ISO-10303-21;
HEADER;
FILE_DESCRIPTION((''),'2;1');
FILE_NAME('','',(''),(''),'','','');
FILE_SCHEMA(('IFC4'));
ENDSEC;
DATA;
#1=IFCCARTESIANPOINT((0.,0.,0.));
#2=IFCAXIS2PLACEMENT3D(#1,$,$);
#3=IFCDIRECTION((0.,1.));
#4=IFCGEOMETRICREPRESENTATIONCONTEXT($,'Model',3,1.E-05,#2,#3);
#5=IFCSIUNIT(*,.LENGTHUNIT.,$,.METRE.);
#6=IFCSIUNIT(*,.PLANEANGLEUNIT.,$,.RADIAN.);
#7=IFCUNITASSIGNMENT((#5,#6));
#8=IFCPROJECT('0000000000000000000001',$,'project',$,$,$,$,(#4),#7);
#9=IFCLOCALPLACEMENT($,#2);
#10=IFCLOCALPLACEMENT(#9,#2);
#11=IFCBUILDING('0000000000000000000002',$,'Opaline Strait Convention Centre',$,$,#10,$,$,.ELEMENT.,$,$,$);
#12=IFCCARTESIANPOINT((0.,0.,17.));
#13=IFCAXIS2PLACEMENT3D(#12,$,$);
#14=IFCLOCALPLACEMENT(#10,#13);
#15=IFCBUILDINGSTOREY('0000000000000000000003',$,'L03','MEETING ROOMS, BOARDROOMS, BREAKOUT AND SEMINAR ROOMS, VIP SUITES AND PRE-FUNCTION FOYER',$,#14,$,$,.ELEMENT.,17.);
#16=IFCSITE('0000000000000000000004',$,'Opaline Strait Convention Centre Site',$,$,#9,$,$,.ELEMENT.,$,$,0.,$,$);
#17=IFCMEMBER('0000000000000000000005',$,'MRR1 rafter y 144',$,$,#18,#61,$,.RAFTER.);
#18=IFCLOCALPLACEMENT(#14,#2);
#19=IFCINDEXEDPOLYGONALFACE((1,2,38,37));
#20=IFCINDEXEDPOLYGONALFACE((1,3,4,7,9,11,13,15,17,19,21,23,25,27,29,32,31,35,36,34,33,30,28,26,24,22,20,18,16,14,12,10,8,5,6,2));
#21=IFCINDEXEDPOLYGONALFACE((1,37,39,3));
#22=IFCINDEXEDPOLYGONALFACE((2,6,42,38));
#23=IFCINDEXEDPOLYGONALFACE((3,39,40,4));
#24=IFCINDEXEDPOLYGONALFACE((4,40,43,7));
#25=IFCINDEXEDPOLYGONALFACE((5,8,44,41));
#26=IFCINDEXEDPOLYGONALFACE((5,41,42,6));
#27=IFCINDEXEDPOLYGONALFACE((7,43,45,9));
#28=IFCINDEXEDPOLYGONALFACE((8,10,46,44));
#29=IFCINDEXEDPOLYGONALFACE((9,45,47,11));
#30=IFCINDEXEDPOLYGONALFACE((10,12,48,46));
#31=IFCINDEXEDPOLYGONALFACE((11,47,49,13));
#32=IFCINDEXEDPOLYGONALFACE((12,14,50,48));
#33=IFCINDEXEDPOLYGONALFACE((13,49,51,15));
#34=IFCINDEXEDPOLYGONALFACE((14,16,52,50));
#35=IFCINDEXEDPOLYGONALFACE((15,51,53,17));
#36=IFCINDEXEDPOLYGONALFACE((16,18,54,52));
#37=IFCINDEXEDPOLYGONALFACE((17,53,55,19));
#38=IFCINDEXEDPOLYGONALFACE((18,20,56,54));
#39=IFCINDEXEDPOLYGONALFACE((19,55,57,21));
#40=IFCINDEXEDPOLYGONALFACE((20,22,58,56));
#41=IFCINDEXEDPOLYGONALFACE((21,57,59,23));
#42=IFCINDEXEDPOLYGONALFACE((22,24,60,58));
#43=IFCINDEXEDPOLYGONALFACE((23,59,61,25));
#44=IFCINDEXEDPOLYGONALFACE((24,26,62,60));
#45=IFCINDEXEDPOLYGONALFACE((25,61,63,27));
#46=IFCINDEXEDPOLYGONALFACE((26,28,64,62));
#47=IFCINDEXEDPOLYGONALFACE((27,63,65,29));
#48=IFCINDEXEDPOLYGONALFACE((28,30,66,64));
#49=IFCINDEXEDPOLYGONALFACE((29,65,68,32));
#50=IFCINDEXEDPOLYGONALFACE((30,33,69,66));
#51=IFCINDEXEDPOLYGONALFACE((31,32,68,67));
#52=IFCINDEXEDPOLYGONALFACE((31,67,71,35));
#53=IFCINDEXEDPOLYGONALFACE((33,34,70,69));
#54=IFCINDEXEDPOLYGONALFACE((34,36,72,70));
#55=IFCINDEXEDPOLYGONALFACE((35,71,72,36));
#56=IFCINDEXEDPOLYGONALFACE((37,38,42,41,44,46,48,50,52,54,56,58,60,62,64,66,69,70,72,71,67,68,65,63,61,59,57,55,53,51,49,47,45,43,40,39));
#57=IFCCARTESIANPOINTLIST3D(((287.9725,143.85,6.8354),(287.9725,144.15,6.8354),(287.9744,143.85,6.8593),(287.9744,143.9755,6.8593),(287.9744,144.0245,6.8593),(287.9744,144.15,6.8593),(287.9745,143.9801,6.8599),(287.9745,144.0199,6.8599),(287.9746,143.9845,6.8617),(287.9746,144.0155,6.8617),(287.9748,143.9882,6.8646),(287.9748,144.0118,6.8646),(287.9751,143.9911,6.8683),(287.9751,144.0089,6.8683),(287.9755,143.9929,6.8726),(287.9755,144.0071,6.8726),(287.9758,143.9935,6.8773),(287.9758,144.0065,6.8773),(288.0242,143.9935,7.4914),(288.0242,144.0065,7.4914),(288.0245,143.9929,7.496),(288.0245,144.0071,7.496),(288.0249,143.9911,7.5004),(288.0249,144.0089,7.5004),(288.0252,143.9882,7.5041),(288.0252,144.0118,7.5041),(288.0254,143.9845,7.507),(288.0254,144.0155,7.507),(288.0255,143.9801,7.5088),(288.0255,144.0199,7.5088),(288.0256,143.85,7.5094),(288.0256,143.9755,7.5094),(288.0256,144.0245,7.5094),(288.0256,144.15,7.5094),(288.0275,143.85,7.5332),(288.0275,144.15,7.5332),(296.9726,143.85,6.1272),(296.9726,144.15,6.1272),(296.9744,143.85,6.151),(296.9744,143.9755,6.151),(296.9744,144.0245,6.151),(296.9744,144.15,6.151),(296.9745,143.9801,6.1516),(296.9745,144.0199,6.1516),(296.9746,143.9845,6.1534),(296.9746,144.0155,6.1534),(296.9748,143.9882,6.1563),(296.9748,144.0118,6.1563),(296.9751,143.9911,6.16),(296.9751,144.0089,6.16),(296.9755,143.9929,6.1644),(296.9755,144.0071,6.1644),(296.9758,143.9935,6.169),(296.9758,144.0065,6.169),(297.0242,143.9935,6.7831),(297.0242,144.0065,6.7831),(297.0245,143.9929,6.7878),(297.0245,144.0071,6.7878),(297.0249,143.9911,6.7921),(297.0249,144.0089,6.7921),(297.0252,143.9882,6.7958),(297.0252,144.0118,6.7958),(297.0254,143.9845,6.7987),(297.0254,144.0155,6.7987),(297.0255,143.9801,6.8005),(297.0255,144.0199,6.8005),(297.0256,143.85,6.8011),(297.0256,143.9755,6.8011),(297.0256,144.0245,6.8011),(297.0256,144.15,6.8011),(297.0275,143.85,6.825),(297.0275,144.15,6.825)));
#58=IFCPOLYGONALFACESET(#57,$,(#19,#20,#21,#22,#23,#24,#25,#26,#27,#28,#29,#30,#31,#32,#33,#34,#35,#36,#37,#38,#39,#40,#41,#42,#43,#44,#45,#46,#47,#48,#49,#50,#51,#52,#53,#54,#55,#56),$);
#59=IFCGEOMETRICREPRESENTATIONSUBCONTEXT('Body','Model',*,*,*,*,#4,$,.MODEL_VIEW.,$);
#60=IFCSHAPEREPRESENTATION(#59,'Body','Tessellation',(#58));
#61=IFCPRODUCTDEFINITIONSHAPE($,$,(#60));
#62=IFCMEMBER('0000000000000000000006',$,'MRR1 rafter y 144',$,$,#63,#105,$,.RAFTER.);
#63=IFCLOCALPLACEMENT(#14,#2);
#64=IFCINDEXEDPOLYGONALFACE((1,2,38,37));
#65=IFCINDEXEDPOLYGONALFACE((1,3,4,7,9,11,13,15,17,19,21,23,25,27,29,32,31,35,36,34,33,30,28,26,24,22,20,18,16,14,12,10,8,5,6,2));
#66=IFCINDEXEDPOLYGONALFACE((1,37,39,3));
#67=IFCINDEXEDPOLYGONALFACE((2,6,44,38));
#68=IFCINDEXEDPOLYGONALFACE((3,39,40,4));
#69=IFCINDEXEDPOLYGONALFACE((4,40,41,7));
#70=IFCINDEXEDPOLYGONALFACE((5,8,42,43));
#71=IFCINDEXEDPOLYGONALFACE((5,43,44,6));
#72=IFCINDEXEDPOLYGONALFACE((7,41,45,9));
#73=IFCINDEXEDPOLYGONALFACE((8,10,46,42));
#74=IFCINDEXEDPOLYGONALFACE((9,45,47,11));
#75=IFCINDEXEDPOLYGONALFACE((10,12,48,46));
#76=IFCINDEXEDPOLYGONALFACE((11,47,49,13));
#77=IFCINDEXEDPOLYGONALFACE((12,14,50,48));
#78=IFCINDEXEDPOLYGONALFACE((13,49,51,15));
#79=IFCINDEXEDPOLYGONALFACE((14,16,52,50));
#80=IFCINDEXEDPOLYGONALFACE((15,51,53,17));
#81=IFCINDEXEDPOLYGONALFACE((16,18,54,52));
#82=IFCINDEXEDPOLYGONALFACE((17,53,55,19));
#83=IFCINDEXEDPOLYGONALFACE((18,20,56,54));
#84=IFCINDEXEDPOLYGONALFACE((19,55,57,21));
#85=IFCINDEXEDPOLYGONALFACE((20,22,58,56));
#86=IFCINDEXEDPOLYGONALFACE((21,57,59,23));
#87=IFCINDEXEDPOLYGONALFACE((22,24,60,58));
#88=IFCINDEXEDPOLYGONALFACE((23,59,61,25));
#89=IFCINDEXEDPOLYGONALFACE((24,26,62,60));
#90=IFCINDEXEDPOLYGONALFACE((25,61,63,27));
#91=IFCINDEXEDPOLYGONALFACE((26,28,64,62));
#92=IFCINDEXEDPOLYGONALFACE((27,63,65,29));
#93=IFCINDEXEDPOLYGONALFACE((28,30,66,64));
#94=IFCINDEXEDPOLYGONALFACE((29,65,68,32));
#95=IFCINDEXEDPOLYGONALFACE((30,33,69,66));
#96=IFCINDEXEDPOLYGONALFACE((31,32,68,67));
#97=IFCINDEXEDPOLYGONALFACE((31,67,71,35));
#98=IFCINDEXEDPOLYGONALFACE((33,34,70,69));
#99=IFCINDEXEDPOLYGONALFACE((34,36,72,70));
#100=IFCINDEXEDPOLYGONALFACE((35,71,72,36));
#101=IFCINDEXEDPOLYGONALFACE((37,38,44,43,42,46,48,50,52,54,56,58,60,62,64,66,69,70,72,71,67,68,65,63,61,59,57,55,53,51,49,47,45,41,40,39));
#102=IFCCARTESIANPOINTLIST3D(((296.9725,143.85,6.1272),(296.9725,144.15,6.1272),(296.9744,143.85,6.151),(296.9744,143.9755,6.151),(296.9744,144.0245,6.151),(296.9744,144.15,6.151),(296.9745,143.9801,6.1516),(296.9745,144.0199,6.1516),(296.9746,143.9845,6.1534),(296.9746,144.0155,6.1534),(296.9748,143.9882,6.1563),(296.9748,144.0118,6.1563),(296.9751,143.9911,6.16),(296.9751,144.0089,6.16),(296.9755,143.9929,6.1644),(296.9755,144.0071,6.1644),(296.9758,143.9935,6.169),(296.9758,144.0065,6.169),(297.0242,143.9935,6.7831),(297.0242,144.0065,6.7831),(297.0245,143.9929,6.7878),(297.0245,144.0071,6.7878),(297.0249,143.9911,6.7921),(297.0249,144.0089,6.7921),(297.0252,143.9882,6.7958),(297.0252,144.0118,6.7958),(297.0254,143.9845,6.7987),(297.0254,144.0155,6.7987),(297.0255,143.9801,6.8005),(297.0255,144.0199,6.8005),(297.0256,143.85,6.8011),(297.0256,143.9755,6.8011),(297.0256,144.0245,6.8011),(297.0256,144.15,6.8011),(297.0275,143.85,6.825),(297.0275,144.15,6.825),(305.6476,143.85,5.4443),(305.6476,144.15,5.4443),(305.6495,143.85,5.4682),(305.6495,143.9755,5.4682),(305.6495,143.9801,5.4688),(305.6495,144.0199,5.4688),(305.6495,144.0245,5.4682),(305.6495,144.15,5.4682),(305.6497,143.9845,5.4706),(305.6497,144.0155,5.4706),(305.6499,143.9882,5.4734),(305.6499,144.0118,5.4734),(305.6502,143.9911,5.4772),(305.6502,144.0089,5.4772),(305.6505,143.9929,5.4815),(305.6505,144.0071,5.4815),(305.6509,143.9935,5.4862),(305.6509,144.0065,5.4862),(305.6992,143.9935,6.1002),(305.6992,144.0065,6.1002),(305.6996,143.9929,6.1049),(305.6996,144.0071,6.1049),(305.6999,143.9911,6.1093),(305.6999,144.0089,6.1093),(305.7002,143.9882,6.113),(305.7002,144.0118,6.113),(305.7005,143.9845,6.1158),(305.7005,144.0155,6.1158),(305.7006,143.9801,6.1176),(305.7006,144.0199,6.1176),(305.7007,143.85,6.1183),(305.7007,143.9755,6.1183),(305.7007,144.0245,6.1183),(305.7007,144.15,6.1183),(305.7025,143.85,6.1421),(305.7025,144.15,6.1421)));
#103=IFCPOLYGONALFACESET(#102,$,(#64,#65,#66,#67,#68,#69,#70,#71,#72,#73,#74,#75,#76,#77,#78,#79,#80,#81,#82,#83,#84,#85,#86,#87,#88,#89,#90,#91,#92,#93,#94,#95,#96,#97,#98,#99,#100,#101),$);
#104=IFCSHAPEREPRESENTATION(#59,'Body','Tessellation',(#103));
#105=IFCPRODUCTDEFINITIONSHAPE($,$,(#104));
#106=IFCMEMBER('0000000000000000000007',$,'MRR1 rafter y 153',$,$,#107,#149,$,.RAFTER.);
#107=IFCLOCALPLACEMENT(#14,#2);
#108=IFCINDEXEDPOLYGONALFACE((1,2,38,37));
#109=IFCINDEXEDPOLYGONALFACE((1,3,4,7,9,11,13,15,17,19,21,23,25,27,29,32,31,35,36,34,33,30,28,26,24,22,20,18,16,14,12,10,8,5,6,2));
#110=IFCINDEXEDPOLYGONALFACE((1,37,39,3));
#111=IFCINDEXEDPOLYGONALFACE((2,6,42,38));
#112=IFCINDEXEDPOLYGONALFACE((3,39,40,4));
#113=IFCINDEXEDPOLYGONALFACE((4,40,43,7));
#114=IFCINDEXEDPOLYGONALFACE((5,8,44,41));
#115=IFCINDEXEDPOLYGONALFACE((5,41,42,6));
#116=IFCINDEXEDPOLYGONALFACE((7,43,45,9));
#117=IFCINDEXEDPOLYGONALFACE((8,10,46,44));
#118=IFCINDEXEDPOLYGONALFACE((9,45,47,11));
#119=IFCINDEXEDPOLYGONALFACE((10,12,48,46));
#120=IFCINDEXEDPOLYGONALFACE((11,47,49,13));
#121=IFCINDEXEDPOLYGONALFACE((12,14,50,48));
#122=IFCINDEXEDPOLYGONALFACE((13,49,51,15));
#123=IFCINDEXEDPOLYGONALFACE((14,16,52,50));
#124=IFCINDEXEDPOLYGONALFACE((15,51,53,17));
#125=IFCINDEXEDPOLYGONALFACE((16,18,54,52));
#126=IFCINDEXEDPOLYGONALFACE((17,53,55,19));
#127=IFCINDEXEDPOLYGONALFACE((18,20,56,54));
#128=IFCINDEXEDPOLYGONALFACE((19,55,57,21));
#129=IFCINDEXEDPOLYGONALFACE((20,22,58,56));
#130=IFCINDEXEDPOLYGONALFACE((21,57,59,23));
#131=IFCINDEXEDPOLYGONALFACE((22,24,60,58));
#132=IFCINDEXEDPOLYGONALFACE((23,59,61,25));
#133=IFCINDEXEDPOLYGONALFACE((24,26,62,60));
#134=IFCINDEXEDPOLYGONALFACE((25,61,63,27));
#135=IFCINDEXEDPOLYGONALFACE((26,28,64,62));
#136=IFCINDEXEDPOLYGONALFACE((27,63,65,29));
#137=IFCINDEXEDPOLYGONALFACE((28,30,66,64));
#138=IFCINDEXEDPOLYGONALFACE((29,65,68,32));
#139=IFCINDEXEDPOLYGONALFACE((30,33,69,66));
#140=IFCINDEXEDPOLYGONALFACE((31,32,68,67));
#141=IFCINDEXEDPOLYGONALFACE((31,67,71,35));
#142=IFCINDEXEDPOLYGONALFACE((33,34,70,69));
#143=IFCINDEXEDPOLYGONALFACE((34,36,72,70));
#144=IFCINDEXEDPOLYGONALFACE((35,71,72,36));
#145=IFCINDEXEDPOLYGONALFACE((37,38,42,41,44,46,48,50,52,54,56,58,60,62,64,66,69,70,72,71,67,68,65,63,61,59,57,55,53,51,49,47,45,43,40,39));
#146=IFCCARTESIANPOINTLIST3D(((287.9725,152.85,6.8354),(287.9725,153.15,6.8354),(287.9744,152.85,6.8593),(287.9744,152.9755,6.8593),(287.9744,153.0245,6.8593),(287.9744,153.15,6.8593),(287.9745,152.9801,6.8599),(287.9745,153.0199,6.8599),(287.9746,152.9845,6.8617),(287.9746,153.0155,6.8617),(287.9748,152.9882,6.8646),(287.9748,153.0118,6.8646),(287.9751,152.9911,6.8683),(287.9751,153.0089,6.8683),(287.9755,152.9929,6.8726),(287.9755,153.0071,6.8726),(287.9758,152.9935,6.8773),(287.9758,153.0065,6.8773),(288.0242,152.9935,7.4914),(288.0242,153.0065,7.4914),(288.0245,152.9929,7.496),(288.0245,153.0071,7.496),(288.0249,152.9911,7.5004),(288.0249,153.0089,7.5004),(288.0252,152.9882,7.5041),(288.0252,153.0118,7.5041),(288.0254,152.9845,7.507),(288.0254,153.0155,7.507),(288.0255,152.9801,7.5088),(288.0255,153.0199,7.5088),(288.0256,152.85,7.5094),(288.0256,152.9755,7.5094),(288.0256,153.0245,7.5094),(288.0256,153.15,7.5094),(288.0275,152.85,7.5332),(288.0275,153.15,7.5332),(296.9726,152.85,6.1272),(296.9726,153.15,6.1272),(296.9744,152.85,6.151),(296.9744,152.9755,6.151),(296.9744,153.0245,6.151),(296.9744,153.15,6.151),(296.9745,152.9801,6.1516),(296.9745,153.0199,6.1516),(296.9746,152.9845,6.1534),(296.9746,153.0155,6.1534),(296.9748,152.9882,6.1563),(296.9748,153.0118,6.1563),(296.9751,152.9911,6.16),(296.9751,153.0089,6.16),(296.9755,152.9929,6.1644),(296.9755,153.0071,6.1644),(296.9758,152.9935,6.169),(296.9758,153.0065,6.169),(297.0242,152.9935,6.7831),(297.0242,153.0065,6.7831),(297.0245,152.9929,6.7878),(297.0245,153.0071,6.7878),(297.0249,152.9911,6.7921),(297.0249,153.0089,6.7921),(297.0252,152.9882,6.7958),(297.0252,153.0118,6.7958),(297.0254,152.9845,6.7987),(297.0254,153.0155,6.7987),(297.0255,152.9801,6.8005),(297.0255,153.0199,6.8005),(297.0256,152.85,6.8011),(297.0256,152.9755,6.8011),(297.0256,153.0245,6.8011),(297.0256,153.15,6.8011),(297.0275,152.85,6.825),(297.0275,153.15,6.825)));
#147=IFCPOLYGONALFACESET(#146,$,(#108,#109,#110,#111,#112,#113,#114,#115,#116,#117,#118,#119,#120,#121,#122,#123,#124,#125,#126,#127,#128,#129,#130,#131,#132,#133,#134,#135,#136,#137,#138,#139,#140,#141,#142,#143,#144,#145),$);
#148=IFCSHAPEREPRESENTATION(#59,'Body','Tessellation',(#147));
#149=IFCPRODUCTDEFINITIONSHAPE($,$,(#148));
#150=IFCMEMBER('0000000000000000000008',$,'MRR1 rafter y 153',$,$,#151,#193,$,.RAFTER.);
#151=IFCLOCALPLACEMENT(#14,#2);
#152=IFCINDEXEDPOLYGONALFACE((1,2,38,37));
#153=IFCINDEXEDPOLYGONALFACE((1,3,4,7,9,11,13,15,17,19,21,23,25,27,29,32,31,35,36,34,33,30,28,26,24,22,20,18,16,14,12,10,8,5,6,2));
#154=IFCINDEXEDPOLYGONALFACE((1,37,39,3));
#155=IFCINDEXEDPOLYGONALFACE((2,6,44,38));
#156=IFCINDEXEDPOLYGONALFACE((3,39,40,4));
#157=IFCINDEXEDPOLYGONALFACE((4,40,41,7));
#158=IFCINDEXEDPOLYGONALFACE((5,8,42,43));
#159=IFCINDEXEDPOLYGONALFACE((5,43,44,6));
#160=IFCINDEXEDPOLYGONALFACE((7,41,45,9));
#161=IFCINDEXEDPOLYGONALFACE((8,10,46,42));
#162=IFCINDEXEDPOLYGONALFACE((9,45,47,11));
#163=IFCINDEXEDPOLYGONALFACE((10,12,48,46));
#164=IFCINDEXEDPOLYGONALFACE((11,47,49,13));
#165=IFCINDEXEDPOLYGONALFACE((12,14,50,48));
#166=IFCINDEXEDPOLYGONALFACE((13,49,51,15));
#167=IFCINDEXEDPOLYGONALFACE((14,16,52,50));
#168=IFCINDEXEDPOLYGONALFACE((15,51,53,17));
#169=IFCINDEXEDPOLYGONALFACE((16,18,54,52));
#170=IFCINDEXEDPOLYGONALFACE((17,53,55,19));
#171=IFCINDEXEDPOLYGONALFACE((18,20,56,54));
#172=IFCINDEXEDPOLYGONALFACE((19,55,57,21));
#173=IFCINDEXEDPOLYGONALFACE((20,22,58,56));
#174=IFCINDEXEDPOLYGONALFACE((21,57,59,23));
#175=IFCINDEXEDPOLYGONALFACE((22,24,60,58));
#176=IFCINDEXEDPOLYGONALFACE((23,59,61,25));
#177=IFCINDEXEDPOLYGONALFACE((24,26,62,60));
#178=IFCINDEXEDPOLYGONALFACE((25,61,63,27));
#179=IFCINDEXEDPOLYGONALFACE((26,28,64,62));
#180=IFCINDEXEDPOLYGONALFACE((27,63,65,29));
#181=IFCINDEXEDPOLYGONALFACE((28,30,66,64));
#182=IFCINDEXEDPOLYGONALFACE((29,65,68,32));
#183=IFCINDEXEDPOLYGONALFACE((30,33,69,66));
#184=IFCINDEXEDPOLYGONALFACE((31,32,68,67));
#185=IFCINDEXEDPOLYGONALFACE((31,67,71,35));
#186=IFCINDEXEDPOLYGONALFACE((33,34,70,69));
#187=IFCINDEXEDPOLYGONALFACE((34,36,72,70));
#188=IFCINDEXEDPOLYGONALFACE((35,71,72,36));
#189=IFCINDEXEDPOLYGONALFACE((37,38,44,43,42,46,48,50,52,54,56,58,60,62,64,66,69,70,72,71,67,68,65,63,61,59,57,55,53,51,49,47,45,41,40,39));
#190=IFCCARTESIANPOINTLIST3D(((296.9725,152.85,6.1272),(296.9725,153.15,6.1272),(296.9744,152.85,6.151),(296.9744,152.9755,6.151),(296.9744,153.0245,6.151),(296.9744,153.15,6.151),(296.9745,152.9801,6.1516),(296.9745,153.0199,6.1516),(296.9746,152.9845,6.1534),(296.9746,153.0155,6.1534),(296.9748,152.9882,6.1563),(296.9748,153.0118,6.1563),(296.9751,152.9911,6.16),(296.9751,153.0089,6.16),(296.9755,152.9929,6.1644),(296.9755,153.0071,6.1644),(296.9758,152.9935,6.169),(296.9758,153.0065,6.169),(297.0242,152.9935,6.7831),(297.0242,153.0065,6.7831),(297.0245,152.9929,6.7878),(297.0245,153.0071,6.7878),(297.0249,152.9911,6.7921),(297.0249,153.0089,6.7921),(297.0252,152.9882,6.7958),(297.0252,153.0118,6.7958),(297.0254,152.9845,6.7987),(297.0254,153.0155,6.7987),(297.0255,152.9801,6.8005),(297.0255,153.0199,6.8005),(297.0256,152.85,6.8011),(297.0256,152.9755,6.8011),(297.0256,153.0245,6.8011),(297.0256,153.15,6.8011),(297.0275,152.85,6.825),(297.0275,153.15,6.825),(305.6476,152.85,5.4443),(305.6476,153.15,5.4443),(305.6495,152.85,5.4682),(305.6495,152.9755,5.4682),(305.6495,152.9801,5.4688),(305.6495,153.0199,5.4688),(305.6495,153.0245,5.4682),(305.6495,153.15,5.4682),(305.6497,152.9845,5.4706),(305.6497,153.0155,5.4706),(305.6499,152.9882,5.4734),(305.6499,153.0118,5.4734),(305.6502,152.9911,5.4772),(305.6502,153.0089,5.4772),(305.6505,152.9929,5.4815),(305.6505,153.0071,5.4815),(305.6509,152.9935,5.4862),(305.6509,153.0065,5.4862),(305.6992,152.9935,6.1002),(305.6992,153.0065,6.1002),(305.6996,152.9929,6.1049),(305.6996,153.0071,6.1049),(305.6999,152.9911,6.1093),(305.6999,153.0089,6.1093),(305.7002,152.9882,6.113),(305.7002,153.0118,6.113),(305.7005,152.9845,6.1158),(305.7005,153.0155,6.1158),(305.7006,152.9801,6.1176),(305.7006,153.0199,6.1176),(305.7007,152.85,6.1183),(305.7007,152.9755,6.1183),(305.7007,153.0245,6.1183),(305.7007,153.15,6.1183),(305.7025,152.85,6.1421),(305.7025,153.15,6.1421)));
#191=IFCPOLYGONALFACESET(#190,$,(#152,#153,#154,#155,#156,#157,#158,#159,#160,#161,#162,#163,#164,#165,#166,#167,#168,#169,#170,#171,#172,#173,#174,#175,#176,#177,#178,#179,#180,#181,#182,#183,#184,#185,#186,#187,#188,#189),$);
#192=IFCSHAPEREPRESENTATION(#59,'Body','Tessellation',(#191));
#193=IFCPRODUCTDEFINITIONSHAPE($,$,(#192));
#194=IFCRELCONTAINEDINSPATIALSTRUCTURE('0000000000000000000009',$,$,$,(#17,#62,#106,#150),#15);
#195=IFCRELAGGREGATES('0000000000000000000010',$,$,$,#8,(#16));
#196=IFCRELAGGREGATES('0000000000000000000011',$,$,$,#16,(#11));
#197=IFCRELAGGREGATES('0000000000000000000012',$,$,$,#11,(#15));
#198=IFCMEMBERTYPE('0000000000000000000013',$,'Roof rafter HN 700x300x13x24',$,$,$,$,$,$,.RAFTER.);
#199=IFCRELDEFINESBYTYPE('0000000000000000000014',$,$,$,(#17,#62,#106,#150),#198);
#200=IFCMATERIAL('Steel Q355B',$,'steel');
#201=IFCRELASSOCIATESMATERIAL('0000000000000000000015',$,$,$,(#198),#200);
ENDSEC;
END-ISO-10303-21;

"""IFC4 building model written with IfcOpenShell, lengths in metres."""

from ifc_helpers import new_model, si_unit, direction, frame, origin, origin_2d, place, context, subcontext, project, spatial, i_section, extrude, material, material_profile, profile_set, type_object, element, save


model = new_model("IFC4")

# Units and contexts
model_context = context("Model", 3, precision=1e-05, world=origin(), true_north=direction((0.0, 1.0)))
body_context = subcontext(model_context, "Body", "Model", "MODEL_VIEW")
ifc_project = project(units=[si_unit("LENGTHUNIT", "METRE"), si_unit("PLANEANGLEUNIT", "RADIAN")], contexts=[model_context])

# Site, building, storey
site_placement = place(None, origin())
site = spatial("IfcSite", under=ifc_project, at=site_placement, Name="Opaline Strait Convention Centre Site", CompositionType="ELEMENT", RefElevation=0.0)
building_placement = place(site_placement, origin())
building = spatial("IfcBuilding", under=site, at=building_placement, Name="Opaline Strait Convention Centre", CompositionType="ELEMENT")
storey_placement = place(building_placement, frame((0.0, 0.0, 17.0)))
storey = spatial("IfcBuildingStorey", under=building, at=storey_placement, Name="L03", Description="MEETING ROOMS, BOARDROOMS, BREAKOUT AND SEMINAR ROOMS, VIP SUITES AND PRE-FUNCTION FOYER", CompositionType="ELEMENT", Elevation=17.0)

# Shared definitions
ifc_material_1 = material(Name="Steel Q355B", Category="steel")

# Members
ifc_material_profile_1 = material_profile(ifc_material_1, i_section(OverallWidth=0.3, OverallDepth=0.7, WebThickness=0.0129, FlangeThickness=0.0239, FilletRadius=0.0181, at=origin_2d()), Name="HN 700x300x13x24")
ifc_profile_set_1 = profile_set([ifc_material_profile_1], Name="Steel Q355B")
member_type_1 = type_object("IfcMemberType", Name="Roof rafter HN 700x300x13x24", PredefinedType="RAFTER", material=ifc_profile_set_1)
member_1_placement = place(storey_placement, frame((288.0, 144.0, 7.1843), z_axis=(0.996918, 0.0, -0.078452), x_axis=(0.0, 1.0, 0.0)))
element("IfcMember", 1, at=member_1_placement, inside=storey, type_object=member_type_1, Name="MRR1 rafter y 144", PredefinedType="RAFTER", context=body_context, shape_type="SweptSolid", body=[
    extrude(i_section(OverallWidth=0.3, OverallDepth=0.7, WebThickness=0.0129, FlangeThickness=0.0239, FilletRadius=0.0181, at=origin_2d()), origin(), (0.0, 0.0, 1.0), 9.0278),
])
member_2_placement = place(storey_placement, frame((297.0, 144.0, 6.4761), z_axis=(0.996916, 0.0, -0.078473), x_axis=(0.0, 1.0, 0.0)))
element("IfcMember", 2, at=member_2_placement, inside=storey, type_object=member_type_1, Name="MRR1 rafter y 144", PredefinedType="RAFTER", context=body_context, shape_type="SweptSolid", body=[
    extrude(i_section(OverallWidth=0.3, OverallDepth=0.7, WebThickness=0.0129, FlangeThickness=0.0239, FilletRadius=0.0181, at=origin_2d()), origin(), (0.0, 0.0, 1.0), 8.7019),
])
member_3_placement = place(storey_placement, frame((288.0, 153.0, 7.1843), z_axis=(0.996918, 0.0, -0.078452), x_axis=(0.0, 1.0, 0.0)))
element("IfcMember", 3, at=member_3_placement, inside=storey, type_object=member_type_1, Name="MRR1 rafter y 153", PredefinedType="RAFTER", context=body_context, shape_type="SweptSolid", body=[
    extrude(i_section(OverallWidth=0.3, OverallDepth=0.7, WebThickness=0.0129, FlangeThickness=0.0239, FilletRadius=0.0181, at=origin_2d()), origin(), (0.0, 0.0, 1.0), 9.0278),
])
member_4_placement = place(storey_placement, frame((297.0, 153.0, 6.4761), z_axis=(0.996916, 0.0, -0.078473), x_axis=(0.0, 1.0, 0.0)))
element("IfcMember", 4, at=member_4_placement, inside=storey, type_object=member_type_1, Name="MRR1 rafter y 153", PredefinedType="RAFTER", context=body_context, shape_type="SweptSolid", body=[
    extrude(i_section(OverallWidth=0.3, OverallDepth=0.7, WebThickness=0.0129, FlangeThickness=0.0239, FilletRadius=0.0181, at=origin_2d()), origin(), (0.0, 0.0, 1.0), 8.7019),
])

save(model, "model.ifc")
